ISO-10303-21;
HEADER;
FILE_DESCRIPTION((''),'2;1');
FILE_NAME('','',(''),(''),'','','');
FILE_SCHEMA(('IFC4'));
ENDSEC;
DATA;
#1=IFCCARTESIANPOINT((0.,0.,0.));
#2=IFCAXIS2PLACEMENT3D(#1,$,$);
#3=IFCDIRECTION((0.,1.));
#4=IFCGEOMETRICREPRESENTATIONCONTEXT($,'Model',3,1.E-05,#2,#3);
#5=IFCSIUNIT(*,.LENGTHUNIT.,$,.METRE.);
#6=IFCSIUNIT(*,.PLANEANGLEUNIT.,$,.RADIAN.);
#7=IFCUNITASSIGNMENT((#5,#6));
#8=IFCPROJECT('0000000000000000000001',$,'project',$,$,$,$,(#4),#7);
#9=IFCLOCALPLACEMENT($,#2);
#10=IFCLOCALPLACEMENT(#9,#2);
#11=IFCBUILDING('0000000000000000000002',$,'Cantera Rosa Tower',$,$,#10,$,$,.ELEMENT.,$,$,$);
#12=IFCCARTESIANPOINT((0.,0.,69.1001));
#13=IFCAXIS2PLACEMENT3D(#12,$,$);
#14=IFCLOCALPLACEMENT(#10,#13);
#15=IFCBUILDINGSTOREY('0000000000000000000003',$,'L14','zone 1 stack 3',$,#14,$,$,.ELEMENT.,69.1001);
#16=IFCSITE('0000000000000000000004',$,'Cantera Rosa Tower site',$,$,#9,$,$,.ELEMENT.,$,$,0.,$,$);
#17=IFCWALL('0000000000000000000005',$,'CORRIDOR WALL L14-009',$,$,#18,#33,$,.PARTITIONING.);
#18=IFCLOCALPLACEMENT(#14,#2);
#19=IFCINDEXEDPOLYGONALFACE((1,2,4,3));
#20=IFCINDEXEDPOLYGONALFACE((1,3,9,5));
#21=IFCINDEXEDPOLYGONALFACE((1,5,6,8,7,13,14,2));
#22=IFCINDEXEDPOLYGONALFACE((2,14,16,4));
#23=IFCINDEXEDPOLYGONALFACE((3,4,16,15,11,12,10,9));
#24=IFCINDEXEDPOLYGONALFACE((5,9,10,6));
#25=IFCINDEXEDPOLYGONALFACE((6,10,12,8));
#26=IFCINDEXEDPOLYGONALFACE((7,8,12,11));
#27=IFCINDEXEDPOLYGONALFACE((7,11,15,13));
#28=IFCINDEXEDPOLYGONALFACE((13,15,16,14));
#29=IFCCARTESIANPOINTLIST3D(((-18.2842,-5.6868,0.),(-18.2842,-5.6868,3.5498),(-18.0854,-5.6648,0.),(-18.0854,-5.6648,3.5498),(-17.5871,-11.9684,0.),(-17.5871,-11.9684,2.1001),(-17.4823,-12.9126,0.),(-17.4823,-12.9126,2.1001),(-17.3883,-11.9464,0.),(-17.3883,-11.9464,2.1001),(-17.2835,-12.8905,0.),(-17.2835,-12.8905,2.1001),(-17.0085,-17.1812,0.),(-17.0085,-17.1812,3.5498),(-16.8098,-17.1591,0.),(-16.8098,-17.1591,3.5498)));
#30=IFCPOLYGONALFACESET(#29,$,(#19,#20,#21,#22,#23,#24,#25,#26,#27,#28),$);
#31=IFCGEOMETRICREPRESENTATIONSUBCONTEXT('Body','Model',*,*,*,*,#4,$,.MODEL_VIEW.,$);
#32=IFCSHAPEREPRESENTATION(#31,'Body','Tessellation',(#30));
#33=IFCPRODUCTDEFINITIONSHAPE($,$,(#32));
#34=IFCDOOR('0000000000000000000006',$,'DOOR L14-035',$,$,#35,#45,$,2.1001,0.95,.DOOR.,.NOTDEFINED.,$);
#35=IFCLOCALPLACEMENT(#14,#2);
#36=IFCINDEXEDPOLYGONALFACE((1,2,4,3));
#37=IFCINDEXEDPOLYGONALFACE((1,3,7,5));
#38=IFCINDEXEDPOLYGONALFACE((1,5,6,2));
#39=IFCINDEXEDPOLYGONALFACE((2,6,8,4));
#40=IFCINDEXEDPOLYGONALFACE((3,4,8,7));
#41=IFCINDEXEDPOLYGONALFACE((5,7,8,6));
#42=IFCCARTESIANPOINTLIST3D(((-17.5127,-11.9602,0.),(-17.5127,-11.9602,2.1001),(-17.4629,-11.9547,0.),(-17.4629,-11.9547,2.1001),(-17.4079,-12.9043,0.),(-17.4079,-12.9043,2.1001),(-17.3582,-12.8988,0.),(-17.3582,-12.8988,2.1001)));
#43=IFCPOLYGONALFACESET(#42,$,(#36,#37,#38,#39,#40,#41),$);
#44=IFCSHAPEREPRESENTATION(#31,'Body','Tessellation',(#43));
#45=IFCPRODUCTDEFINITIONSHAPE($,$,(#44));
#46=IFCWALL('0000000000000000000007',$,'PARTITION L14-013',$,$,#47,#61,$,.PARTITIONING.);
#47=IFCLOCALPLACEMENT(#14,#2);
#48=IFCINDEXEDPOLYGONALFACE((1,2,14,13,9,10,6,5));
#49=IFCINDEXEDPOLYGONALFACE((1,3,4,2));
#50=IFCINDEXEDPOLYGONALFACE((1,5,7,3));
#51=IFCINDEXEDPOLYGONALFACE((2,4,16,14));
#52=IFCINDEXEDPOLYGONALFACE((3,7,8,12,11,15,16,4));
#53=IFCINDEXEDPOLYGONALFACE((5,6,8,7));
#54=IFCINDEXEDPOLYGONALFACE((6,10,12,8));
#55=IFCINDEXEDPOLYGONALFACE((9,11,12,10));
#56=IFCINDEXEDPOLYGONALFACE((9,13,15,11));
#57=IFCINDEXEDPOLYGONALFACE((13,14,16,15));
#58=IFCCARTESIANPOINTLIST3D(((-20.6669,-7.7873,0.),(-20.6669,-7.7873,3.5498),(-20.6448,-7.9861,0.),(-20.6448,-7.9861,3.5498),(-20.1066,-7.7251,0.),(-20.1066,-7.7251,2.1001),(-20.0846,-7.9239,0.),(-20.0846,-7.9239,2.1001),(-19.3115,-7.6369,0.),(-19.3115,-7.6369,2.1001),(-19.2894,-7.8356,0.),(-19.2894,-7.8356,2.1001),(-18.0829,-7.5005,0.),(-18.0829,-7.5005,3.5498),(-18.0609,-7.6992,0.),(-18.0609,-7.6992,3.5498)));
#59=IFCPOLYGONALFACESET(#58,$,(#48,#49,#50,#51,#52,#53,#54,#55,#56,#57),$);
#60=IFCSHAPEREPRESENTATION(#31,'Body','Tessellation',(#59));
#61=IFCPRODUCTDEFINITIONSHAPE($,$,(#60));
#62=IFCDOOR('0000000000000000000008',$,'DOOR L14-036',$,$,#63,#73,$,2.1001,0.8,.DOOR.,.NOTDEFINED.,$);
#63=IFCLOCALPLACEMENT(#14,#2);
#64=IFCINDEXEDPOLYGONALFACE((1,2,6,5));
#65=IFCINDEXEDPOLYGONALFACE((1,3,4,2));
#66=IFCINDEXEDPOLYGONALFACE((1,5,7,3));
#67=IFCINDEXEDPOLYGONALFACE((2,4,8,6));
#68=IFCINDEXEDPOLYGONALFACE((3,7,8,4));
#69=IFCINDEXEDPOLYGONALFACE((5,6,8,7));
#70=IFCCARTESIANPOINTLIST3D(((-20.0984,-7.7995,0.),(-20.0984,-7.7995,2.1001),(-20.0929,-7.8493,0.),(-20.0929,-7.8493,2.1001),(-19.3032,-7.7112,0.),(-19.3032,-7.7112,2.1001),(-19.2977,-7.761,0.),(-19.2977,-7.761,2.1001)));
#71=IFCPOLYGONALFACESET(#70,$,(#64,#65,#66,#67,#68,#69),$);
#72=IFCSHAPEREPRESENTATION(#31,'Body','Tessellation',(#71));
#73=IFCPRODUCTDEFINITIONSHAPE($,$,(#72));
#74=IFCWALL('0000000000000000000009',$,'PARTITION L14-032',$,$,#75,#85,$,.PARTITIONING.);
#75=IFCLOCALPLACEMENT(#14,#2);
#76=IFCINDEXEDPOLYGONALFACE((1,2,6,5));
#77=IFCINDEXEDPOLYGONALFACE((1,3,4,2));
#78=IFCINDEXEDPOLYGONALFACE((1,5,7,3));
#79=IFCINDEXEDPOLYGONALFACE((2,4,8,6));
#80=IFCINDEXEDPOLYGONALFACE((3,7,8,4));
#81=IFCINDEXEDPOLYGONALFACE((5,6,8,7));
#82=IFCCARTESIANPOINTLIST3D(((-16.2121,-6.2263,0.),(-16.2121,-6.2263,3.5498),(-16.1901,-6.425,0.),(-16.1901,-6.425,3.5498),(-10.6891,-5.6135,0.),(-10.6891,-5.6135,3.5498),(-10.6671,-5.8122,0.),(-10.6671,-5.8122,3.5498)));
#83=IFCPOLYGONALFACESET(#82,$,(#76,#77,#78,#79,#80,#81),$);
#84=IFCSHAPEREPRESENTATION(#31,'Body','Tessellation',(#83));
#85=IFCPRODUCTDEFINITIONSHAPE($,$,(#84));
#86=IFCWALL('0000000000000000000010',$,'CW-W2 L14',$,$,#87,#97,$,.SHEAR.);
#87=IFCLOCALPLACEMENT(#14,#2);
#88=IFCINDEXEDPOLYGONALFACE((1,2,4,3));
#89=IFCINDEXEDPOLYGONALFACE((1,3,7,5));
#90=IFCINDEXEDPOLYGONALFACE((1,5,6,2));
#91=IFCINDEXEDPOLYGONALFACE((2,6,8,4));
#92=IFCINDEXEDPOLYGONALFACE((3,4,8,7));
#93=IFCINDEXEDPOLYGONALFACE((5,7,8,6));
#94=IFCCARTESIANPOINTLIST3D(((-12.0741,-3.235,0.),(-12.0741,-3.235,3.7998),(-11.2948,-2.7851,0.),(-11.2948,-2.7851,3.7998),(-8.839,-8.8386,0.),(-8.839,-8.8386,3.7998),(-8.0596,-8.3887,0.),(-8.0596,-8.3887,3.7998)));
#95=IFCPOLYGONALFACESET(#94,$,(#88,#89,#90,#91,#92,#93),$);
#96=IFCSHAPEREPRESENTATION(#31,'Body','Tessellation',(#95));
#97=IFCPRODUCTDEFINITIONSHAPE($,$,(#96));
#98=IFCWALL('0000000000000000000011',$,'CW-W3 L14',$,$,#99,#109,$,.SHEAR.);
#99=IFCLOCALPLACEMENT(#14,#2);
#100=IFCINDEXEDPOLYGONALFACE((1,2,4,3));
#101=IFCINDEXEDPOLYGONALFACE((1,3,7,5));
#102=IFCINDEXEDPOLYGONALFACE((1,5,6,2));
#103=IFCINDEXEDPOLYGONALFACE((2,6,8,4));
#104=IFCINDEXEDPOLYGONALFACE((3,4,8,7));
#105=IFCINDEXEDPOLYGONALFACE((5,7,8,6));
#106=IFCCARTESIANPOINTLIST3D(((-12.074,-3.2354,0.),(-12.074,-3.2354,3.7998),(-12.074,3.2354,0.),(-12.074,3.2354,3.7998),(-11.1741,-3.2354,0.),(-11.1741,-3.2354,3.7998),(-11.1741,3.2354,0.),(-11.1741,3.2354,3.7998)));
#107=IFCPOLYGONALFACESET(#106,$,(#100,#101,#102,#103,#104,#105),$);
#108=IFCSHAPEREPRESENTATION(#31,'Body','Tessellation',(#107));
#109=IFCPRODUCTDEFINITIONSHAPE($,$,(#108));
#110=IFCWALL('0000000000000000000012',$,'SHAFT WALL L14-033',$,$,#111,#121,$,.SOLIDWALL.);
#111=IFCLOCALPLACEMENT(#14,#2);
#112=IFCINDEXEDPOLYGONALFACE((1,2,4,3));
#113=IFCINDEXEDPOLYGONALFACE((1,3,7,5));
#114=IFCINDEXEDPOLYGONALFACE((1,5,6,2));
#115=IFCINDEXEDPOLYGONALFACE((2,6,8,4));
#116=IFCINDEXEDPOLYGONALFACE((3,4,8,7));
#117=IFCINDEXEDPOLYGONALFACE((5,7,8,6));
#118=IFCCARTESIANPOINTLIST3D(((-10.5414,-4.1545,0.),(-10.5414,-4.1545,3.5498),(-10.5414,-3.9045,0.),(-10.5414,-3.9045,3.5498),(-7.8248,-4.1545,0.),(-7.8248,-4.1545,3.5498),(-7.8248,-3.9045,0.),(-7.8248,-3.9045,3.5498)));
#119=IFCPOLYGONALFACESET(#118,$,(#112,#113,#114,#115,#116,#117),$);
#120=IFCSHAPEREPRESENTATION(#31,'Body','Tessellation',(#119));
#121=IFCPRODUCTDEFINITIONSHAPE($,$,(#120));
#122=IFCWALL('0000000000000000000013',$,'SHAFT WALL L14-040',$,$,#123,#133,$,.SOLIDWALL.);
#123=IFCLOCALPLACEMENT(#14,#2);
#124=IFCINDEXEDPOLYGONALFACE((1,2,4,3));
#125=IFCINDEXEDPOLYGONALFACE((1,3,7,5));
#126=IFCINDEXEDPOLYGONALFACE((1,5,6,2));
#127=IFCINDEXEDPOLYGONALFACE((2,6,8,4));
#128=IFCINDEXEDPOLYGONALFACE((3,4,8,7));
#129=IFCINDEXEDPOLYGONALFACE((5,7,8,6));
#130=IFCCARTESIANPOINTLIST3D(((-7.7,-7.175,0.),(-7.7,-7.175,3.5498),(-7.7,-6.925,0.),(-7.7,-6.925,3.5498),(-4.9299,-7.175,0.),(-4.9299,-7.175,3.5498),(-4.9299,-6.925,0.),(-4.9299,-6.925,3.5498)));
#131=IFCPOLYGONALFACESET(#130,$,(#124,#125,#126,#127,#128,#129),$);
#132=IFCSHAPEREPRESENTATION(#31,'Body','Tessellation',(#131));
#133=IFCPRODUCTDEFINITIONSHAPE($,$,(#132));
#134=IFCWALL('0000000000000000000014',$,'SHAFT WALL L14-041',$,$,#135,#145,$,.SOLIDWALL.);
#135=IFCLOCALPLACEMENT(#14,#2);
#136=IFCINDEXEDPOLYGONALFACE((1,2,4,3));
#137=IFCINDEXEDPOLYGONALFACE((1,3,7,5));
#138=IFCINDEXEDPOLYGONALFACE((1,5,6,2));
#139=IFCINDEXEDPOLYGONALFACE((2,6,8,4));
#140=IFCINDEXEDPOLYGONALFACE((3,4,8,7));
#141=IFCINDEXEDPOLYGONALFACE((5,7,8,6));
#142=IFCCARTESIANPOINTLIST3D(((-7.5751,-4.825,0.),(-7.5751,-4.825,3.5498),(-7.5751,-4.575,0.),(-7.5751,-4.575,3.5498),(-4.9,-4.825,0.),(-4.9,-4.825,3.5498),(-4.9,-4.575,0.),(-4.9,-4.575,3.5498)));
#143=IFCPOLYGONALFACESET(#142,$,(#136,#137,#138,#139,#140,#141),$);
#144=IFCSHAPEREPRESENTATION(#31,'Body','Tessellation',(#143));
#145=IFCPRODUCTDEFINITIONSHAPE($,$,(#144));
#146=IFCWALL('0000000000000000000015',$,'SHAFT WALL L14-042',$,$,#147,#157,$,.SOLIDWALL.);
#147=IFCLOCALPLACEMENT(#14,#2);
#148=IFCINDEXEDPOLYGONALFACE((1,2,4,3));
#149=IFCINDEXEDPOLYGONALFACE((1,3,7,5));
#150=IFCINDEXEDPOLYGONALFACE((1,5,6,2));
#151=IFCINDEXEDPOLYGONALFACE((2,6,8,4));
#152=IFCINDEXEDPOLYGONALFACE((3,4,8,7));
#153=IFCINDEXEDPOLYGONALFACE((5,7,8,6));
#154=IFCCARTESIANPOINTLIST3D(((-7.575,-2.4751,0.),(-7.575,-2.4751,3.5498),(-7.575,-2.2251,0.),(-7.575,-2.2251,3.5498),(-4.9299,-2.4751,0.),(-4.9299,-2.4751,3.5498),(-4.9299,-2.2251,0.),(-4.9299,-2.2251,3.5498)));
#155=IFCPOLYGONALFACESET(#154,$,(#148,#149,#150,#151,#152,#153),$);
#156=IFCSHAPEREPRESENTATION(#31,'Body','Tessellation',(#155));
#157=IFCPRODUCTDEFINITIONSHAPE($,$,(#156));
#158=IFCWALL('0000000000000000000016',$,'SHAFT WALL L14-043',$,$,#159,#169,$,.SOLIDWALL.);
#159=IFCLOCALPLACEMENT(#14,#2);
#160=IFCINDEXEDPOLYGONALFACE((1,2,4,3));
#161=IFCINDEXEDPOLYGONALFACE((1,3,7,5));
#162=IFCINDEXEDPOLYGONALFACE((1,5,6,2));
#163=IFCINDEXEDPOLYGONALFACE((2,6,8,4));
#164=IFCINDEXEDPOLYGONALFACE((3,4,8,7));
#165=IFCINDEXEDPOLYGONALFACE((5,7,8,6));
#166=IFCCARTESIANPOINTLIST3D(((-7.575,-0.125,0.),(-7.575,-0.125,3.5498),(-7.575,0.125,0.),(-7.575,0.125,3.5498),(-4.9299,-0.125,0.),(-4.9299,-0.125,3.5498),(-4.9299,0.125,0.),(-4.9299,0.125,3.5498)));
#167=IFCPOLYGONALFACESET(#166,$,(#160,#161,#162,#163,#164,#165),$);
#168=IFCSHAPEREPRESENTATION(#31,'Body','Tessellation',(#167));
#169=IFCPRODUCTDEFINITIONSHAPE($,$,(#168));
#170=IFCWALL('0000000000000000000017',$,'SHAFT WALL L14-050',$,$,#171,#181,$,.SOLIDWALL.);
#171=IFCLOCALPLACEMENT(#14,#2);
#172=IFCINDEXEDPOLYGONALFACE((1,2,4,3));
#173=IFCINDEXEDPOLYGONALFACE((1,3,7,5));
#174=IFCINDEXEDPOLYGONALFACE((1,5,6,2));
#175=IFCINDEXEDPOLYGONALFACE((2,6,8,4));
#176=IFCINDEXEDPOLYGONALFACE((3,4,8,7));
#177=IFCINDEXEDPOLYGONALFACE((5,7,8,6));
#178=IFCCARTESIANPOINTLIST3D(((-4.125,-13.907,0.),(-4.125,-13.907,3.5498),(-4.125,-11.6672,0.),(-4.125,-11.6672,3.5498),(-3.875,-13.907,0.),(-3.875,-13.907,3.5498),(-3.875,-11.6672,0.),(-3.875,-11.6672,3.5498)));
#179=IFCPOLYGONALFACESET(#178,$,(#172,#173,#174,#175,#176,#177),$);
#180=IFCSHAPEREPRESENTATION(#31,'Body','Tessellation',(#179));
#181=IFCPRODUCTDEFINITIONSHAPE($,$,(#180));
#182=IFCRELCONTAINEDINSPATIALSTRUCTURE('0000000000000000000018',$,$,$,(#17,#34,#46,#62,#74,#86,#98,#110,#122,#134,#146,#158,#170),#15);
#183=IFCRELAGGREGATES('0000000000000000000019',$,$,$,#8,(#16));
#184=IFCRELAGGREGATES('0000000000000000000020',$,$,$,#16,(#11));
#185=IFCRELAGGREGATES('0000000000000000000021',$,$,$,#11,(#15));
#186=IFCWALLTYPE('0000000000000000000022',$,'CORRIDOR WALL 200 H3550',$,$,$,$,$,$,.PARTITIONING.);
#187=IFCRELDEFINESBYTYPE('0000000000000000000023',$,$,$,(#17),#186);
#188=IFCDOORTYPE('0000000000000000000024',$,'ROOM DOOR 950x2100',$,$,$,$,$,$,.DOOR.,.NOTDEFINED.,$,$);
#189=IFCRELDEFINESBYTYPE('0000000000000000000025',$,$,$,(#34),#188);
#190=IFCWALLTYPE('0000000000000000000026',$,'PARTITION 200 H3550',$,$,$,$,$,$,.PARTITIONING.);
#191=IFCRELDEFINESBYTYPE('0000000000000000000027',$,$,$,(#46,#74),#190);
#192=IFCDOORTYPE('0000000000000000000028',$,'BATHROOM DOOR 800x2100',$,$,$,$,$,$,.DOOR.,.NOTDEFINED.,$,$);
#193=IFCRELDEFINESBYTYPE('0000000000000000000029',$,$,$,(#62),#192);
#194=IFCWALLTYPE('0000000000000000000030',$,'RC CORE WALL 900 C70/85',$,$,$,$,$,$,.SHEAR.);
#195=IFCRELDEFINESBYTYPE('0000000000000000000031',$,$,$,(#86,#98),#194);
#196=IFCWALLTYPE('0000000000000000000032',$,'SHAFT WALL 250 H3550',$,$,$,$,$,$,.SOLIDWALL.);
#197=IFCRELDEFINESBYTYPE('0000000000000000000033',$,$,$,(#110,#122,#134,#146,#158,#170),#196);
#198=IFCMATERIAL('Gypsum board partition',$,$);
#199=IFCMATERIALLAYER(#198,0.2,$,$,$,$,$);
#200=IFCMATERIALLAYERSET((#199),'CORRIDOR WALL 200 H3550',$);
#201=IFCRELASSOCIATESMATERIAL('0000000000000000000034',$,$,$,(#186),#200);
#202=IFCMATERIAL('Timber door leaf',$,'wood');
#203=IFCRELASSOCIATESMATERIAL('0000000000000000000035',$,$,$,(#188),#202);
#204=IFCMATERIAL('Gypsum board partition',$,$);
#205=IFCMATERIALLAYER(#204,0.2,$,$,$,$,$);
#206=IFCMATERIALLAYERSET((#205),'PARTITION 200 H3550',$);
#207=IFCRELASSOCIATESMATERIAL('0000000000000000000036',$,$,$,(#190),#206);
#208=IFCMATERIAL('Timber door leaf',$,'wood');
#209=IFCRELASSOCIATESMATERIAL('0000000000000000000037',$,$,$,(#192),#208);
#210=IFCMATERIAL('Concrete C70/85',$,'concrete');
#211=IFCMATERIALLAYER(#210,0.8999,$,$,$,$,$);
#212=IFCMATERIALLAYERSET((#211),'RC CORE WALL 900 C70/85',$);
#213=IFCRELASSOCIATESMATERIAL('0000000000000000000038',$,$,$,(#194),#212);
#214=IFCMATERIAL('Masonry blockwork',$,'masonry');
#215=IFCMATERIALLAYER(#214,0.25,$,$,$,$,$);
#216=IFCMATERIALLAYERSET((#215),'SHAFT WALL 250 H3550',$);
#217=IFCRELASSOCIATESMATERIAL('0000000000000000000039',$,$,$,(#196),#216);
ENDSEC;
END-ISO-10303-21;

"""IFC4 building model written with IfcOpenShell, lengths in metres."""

from ifc_helpers import new_model, si_unit, direction, frame, frame_2d, origin, place, context, subcontext, project, spatial, rectangle, extrude, material, layer, layer_set, type_object, element, fill, save


model = new_model("IFC4")

# Units and contexts
model_context = context("Model", 3, precision=1e-05, world=origin(), true_north=direction((0.0, 1.0)))
body_context = subcontext(model_context, "Body", "Model", "MODEL_VIEW")
ifc_project = project(units=[si_unit("LENGTHUNIT", "METRE"), si_unit("PLANEANGLEUNIT", "RADIAN")], contexts=[model_context])

# Site, building, storey
site_placement = place(None, origin())
site = spatial("IfcSite", under=ifc_project, at=site_placement, Name="Cantera Rosa Tower site", CompositionType="ELEMENT", RefElevation=0.0)
building_placement = place(site_placement, origin())
building = spatial("IfcBuilding", under=site, at=building_placement, Name="Cantera Rosa Tower", CompositionType="ELEMENT")
storey_placement = place(building_placement, frame((0.0, 0.0, 69.1001)))
storey = spatial("IfcBuildingStorey", under=building, at=storey_placement, Name="L14", Description="zone 1 stack 3", CompositionType="ELEMENT", Elevation=69.1001)

# Walls, openings, doors
ifc_material_1 = material(Name="Gypsum board partition")
ifc_layer_1 = layer(ifc_material_1, 0.2)
ifc_layer_set_1 = layer_set([ifc_layer_1], Name="CORRIDOR WALL 200 H3550")
wall_type_1 = type_object("IfcWallType", Name="CORRIDOR WALL 200 H3550", PredefinedType="PARTITIONING", material=ifc_layer_set_1)
wall_1_placement = place(storey_placement, frame((-18.1848, -5.6758, 0.0), z_axis=(0.0, 0.0, 1.0), x_axis=(0.110302, -0.993898, 0.0)))
wall_1 = element("IfcWall", 1, at=wall_1_placement, inside=storey, type_object=wall_type_1, Name="CORRIDOR WALL L14-009", PredefinedType="PARTITIONING", context=body_context, shape_type="SweptSolid", body=[
    extrude(rectangle(XDim=11.5649, YDim=0.2, at=frame_2d((5.7825, 0.0))), origin(), (0.0, 0.0, 1.0), 3.5498),
])
opening_1_placement = place(wall_1_placement, frame((6.3201, 0.0, 0.0)))
opening_1 = element("IfcOpeningElement", 2, at=opening_1_placement, cuts=wall_1, PredefinedType="OPENING", context=body_context, shape_type="SweptSolid", body=[
    extrude(rectangle(XDim=0.95, YDim=2.1001, at=frame_2d((0.4751, 1.05))), frame((0.0, 0.1099, 0.0), z_axis=(0.0, -1.0, 0.0), x_axis=(1.0, 0.0, 0.0)), (0.0, 0.0, 1.0), 0.22),
])
ifc_material_2 = material(Name="Timber door leaf", Category="wood")
door_type_1 = type_object("IfcDoorType", Name="ROOM DOOR 950x2100", OperationType="NOTDEFINED", PredefinedType="DOOR", material=ifc_material_2)
door_1_placement = place(opening_1_placement, origin())
door_1 = element("IfcDoor", 3, at=door_1_placement, inside=storey, type_object=door_type_1, Name="DOOR L14-035", OperationType="NOTDEFINED", OverallHeight=2.1001, OverallWidth=0.95, PredefinedType="DOOR", context=body_context, shape_type="SweptSolid", body=[
    extrude(rectangle(XDim=0.95, YDim=2.1001, at=frame_2d((0.4751, 1.05))), frame((0.0, 0.0249, 0.0), z_axis=(0.0, -1.0, 0.0), x_axis=(1.0, 0.0, 0.0)), (0.0, 0.0, 1.0), 0.05),
])
fill(opening_1, door_1)
ifc_material_3 = material(Name="Gypsum board partition")
ifc_layer_2 = layer(ifc_material_3, 0.2)
ifc_layer_set_2 = layer_set([ifc_layer_2], Name="PARTITION 200 H3550")
wall_type_2 = type_object("IfcWallType", Name="PARTITION 200 H3550", PredefinedType="PARTITIONING", material=ifc_layer_set_2)
wall_2_placement = place(storey_placement, frame((-18.072, -7.5999, 0.0), z_axis=(0.0, 0.0, 1.0), x_axis=(-0.993894, -0.110339, 0.0)))
wall_2 = element("IfcWall", 4, at=wall_2_placement, inside=storey, type_object=wall_type_2, Name="PARTITION L14-013", PredefinedType="PARTITIONING", context=body_context, shape_type="SweptSolid", body=[
    extrude(rectangle(XDim=2.5999, YDim=0.2, at=frame_2d((1.2998, 0.0))), origin(), (0.0, 0.0, 1.0), 3.5498),
])
opening_2_placement = place(wall_2_placement, frame((1.2361, 0.0, 0.0)))
opening_2 = element("IfcOpeningElement", 5, at=opening_2_placement, cuts=wall_2, PredefinedType="OPENING", context=body_context, shape_type="SweptSolid", body=[
    extrude(rectangle(XDim=0.8, YDim=2.1001, at=frame_2d((0.3999, 1.05))), frame((0.0, 0.1099, 0.0), z_axis=(0.0, -1.0, 0.0), x_axis=(1.0, 0.0, 0.0)), (0.0, 0.0, 1.0), 0.22),
])
ifc_material_4 = material(Name="Timber door leaf", Category="wood")
door_type_2 = type_object("IfcDoorType", Name="BATHROOM DOOR 800x2100", OperationType="NOTDEFINED", PredefinedType="DOOR", material=ifc_material_4)
door_2_placement = place(opening_2_placement, origin())
door_2 = element("IfcDoor", 6, at=door_2_placement, inside=storey, type_object=door_type_2, Name="DOOR L14-036", OperationType="NOTDEFINED", OverallHeight=2.1001, OverallWidth=0.8, PredefinedType="DOOR", context=body_context, shape_type="SweptSolid", body=[
    extrude(rectangle(XDim=0.8, YDim=2.1001, at=frame_2d((0.3999, 1.05))), frame((0.0, 0.0249, 0.0), z_axis=(0.0, -1.0, 0.0), x_axis=(1.0, 0.0, 0.0)), (0.0, 0.0, 1.0), 0.05),
])
fill(opening_2, door_2)

# Walls
wall_3_placement = place(storey_placement, frame((-10.6782, -5.7129, 0.0), z_axis=(0.0, 0.0, 1.0), x_axis=(-0.993901, -0.110277, 0.0)))
element("IfcWall", 7, at=wall_3_placement, inside=storey, type_object=wall_type_2, Name="PARTITION L14-032", PredefinedType="PARTITIONING", context=body_context, shape_type="SweptSolid", body=[
    extrude(rectangle(XDim=5.5569, YDim=0.2, at=frame_2d((2.7783, 0.0))), origin(), (0.0, 0.0, 1.0), 3.5498),
])
ifc_material_5 = material(Name="Concrete C70/85", Category="concrete")
ifc_layer_3 = layer(ifc_material_5, 0.8999)
ifc_layer_set_3 = layer_set([ifc_layer_3], Name="RC CORE WALL 900 C70/85")
wall_type_3 = type_object("IfcWallType", Name="RC CORE WALL 900 C70/85", PredefinedType="SHEAR", material=ifc_layer_set_3)
wall_4_placement = place(storey_placement, frame((-8.4492, -8.6138, 0.0), z_axis=(0.0, 0.0, 1.0), x_axis=(-0.49999, 0.866031, 0.0)))
element("IfcWall", 8, at=wall_4_placement, inside=storey, type_object=wall_type_3, Name="CW-W2 L14", PredefinedType="SHEAR", context=body_context, shape_type="SweptSolid", body=[
    extrude(rectangle(XDim=6.4705, YDim=0.8999, at=frame_2d((3.2354, 0.0))), origin(), (0.0, 0.0, 1.0), 3.7998),
])
wall_5_placement = place(storey_placement, frame((-11.624, -3.2354, 0.0), z_axis=(0.0, 0.0, 1.0), x_axis=(0.0, 1.0, 0.0)))
element("IfcWall", 9, at=wall_5_placement, inside=storey, type_object=wall_type_3, Name="CW-W3 L14", PredefinedType="SHEAR", context=body_context, shape_type="SweptSolid", body=[
    extrude(rectangle(XDim=6.4707, YDim=0.8999, at=frame_2d((3.2354, 0.0))), origin(), (0.0, 0.0, 1.0), 3.7998),
])
ifc_material_6 = material(Name="Masonry blockwork", Category="masonry")
ifc_layer_4 = layer(ifc_material_6, 0.25)
ifc_layer_set_4 = layer_set([ifc_layer_4], Name="SHAFT WALL 250 H3550")
wall_type_4 = type_object("IfcWallType", Name="SHAFT WALL 250 H3550", PredefinedType="SOLIDWALL", material=ifc_layer_set_4)
wall_6_placement = place(storey_placement, frame((-10.5415, -4.0295, 0.0), z_axis=(0.0, 0.0, 1.0), x_axis=(1.0, 0.0, 0.0)))
element("IfcWall", 10, at=wall_6_placement, inside=storey, type_object=wall_type_4, Name="SHAFT WALL L14-033", PredefinedType="SOLIDWALL", context=body_context, shape_type="SweptSolid", body=[
    extrude(rectangle(XDim=2.7166, YDim=0.25, at=frame_2d((1.3584, 0.0))), origin(), (0.0, 0.0, 1.0), 3.5498),
])
wall_7_placement = place(storey_placement, frame((-7.7, -7.05, 0.0), z_axis=(0.0, 0.0, 1.0), x_axis=(1.0, 0.0, 0.0)))
element("IfcWall", 11, at=wall_7_placement, inside=storey, type_object=wall_type_4, Name="SHAFT WALL L14-040", PredefinedType="SOLIDWALL", context=body_context, shape_type="SweptSolid", body=[
    extrude(rectangle(XDim=2.77, YDim=0.25, at=frame_2d((1.385, 0.0))), origin(), (0.0, 0.0, 1.0), 3.5498),
])
wall_8_placement = place(storey_placement, frame((-7.575, -4.7, 0.0), z_axis=(0.0, 0.0, 1.0), x_axis=(1.0, 0.0, 0.0)))
element("IfcWall", 12, at=wall_8_placement, inside=storey, type_object=wall_type_4, Name="SHAFT WALL L14-041", PredefinedType="SOLIDWALL", context=body_context, shape_type="SweptSolid", body=[
    extrude(rectangle(XDim=2.675, YDim=0.25, at=frame_2d((1.3374, 0.0))), origin(), (0.0, 0.0, 1.0), 3.5498),
])
for number, where, z_axis, x_axis, name in (
    (13, (-7.575, -2.3501, 0.0), (0.0, 0.0, 1.0), (1.0, 0.0, 0.0), "SHAFT WALL L14-042"),
    (14, (-7.575, 0.0, 0.0), (0.0, 0.0, 1.0), (1.0, 0.0, 0.0), "SHAFT WALL L14-043"),
):
    element("IfcWall", number, at=place(storey_placement, frame(where, z_axis=z_axis, x_axis=x_axis)), inside=storey, type_object=wall_type_4, Name=name, PredefinedType="SOLIDWALL", context=body_context, shape_type="SweptSolid", body=[
        extrude(rectangle(XDim=2.645, YDim=0.25, at=frame_2d((1.3225, 0.0))), origin(), (0.0, 0.0, 1.0), 3.5498),
    ])
wall_9_placement = place(storey_placement, frame((-4.0, -11.6672, 0.0), z_axis=(0.0, 0.0, 1.0), x_axis=(0.0, -1.0, 0.0)))
element("IfcWall", 15, at=wall_9_placement, inside=storey, type_object=wall_type_4, Name="SHAFT WALL L14-050", PredefinedType="SOLIDWALL", context=body_context, shape_type="SweptSolid", body=[
    extrude(rectangle(XDim=2.2397, YDim=0.25, at=frame_2d((1.1199, 0.0))), origin(), (0.0, 0.0, 1.0), 3.5498),
])

save(model, "model.ifc")
